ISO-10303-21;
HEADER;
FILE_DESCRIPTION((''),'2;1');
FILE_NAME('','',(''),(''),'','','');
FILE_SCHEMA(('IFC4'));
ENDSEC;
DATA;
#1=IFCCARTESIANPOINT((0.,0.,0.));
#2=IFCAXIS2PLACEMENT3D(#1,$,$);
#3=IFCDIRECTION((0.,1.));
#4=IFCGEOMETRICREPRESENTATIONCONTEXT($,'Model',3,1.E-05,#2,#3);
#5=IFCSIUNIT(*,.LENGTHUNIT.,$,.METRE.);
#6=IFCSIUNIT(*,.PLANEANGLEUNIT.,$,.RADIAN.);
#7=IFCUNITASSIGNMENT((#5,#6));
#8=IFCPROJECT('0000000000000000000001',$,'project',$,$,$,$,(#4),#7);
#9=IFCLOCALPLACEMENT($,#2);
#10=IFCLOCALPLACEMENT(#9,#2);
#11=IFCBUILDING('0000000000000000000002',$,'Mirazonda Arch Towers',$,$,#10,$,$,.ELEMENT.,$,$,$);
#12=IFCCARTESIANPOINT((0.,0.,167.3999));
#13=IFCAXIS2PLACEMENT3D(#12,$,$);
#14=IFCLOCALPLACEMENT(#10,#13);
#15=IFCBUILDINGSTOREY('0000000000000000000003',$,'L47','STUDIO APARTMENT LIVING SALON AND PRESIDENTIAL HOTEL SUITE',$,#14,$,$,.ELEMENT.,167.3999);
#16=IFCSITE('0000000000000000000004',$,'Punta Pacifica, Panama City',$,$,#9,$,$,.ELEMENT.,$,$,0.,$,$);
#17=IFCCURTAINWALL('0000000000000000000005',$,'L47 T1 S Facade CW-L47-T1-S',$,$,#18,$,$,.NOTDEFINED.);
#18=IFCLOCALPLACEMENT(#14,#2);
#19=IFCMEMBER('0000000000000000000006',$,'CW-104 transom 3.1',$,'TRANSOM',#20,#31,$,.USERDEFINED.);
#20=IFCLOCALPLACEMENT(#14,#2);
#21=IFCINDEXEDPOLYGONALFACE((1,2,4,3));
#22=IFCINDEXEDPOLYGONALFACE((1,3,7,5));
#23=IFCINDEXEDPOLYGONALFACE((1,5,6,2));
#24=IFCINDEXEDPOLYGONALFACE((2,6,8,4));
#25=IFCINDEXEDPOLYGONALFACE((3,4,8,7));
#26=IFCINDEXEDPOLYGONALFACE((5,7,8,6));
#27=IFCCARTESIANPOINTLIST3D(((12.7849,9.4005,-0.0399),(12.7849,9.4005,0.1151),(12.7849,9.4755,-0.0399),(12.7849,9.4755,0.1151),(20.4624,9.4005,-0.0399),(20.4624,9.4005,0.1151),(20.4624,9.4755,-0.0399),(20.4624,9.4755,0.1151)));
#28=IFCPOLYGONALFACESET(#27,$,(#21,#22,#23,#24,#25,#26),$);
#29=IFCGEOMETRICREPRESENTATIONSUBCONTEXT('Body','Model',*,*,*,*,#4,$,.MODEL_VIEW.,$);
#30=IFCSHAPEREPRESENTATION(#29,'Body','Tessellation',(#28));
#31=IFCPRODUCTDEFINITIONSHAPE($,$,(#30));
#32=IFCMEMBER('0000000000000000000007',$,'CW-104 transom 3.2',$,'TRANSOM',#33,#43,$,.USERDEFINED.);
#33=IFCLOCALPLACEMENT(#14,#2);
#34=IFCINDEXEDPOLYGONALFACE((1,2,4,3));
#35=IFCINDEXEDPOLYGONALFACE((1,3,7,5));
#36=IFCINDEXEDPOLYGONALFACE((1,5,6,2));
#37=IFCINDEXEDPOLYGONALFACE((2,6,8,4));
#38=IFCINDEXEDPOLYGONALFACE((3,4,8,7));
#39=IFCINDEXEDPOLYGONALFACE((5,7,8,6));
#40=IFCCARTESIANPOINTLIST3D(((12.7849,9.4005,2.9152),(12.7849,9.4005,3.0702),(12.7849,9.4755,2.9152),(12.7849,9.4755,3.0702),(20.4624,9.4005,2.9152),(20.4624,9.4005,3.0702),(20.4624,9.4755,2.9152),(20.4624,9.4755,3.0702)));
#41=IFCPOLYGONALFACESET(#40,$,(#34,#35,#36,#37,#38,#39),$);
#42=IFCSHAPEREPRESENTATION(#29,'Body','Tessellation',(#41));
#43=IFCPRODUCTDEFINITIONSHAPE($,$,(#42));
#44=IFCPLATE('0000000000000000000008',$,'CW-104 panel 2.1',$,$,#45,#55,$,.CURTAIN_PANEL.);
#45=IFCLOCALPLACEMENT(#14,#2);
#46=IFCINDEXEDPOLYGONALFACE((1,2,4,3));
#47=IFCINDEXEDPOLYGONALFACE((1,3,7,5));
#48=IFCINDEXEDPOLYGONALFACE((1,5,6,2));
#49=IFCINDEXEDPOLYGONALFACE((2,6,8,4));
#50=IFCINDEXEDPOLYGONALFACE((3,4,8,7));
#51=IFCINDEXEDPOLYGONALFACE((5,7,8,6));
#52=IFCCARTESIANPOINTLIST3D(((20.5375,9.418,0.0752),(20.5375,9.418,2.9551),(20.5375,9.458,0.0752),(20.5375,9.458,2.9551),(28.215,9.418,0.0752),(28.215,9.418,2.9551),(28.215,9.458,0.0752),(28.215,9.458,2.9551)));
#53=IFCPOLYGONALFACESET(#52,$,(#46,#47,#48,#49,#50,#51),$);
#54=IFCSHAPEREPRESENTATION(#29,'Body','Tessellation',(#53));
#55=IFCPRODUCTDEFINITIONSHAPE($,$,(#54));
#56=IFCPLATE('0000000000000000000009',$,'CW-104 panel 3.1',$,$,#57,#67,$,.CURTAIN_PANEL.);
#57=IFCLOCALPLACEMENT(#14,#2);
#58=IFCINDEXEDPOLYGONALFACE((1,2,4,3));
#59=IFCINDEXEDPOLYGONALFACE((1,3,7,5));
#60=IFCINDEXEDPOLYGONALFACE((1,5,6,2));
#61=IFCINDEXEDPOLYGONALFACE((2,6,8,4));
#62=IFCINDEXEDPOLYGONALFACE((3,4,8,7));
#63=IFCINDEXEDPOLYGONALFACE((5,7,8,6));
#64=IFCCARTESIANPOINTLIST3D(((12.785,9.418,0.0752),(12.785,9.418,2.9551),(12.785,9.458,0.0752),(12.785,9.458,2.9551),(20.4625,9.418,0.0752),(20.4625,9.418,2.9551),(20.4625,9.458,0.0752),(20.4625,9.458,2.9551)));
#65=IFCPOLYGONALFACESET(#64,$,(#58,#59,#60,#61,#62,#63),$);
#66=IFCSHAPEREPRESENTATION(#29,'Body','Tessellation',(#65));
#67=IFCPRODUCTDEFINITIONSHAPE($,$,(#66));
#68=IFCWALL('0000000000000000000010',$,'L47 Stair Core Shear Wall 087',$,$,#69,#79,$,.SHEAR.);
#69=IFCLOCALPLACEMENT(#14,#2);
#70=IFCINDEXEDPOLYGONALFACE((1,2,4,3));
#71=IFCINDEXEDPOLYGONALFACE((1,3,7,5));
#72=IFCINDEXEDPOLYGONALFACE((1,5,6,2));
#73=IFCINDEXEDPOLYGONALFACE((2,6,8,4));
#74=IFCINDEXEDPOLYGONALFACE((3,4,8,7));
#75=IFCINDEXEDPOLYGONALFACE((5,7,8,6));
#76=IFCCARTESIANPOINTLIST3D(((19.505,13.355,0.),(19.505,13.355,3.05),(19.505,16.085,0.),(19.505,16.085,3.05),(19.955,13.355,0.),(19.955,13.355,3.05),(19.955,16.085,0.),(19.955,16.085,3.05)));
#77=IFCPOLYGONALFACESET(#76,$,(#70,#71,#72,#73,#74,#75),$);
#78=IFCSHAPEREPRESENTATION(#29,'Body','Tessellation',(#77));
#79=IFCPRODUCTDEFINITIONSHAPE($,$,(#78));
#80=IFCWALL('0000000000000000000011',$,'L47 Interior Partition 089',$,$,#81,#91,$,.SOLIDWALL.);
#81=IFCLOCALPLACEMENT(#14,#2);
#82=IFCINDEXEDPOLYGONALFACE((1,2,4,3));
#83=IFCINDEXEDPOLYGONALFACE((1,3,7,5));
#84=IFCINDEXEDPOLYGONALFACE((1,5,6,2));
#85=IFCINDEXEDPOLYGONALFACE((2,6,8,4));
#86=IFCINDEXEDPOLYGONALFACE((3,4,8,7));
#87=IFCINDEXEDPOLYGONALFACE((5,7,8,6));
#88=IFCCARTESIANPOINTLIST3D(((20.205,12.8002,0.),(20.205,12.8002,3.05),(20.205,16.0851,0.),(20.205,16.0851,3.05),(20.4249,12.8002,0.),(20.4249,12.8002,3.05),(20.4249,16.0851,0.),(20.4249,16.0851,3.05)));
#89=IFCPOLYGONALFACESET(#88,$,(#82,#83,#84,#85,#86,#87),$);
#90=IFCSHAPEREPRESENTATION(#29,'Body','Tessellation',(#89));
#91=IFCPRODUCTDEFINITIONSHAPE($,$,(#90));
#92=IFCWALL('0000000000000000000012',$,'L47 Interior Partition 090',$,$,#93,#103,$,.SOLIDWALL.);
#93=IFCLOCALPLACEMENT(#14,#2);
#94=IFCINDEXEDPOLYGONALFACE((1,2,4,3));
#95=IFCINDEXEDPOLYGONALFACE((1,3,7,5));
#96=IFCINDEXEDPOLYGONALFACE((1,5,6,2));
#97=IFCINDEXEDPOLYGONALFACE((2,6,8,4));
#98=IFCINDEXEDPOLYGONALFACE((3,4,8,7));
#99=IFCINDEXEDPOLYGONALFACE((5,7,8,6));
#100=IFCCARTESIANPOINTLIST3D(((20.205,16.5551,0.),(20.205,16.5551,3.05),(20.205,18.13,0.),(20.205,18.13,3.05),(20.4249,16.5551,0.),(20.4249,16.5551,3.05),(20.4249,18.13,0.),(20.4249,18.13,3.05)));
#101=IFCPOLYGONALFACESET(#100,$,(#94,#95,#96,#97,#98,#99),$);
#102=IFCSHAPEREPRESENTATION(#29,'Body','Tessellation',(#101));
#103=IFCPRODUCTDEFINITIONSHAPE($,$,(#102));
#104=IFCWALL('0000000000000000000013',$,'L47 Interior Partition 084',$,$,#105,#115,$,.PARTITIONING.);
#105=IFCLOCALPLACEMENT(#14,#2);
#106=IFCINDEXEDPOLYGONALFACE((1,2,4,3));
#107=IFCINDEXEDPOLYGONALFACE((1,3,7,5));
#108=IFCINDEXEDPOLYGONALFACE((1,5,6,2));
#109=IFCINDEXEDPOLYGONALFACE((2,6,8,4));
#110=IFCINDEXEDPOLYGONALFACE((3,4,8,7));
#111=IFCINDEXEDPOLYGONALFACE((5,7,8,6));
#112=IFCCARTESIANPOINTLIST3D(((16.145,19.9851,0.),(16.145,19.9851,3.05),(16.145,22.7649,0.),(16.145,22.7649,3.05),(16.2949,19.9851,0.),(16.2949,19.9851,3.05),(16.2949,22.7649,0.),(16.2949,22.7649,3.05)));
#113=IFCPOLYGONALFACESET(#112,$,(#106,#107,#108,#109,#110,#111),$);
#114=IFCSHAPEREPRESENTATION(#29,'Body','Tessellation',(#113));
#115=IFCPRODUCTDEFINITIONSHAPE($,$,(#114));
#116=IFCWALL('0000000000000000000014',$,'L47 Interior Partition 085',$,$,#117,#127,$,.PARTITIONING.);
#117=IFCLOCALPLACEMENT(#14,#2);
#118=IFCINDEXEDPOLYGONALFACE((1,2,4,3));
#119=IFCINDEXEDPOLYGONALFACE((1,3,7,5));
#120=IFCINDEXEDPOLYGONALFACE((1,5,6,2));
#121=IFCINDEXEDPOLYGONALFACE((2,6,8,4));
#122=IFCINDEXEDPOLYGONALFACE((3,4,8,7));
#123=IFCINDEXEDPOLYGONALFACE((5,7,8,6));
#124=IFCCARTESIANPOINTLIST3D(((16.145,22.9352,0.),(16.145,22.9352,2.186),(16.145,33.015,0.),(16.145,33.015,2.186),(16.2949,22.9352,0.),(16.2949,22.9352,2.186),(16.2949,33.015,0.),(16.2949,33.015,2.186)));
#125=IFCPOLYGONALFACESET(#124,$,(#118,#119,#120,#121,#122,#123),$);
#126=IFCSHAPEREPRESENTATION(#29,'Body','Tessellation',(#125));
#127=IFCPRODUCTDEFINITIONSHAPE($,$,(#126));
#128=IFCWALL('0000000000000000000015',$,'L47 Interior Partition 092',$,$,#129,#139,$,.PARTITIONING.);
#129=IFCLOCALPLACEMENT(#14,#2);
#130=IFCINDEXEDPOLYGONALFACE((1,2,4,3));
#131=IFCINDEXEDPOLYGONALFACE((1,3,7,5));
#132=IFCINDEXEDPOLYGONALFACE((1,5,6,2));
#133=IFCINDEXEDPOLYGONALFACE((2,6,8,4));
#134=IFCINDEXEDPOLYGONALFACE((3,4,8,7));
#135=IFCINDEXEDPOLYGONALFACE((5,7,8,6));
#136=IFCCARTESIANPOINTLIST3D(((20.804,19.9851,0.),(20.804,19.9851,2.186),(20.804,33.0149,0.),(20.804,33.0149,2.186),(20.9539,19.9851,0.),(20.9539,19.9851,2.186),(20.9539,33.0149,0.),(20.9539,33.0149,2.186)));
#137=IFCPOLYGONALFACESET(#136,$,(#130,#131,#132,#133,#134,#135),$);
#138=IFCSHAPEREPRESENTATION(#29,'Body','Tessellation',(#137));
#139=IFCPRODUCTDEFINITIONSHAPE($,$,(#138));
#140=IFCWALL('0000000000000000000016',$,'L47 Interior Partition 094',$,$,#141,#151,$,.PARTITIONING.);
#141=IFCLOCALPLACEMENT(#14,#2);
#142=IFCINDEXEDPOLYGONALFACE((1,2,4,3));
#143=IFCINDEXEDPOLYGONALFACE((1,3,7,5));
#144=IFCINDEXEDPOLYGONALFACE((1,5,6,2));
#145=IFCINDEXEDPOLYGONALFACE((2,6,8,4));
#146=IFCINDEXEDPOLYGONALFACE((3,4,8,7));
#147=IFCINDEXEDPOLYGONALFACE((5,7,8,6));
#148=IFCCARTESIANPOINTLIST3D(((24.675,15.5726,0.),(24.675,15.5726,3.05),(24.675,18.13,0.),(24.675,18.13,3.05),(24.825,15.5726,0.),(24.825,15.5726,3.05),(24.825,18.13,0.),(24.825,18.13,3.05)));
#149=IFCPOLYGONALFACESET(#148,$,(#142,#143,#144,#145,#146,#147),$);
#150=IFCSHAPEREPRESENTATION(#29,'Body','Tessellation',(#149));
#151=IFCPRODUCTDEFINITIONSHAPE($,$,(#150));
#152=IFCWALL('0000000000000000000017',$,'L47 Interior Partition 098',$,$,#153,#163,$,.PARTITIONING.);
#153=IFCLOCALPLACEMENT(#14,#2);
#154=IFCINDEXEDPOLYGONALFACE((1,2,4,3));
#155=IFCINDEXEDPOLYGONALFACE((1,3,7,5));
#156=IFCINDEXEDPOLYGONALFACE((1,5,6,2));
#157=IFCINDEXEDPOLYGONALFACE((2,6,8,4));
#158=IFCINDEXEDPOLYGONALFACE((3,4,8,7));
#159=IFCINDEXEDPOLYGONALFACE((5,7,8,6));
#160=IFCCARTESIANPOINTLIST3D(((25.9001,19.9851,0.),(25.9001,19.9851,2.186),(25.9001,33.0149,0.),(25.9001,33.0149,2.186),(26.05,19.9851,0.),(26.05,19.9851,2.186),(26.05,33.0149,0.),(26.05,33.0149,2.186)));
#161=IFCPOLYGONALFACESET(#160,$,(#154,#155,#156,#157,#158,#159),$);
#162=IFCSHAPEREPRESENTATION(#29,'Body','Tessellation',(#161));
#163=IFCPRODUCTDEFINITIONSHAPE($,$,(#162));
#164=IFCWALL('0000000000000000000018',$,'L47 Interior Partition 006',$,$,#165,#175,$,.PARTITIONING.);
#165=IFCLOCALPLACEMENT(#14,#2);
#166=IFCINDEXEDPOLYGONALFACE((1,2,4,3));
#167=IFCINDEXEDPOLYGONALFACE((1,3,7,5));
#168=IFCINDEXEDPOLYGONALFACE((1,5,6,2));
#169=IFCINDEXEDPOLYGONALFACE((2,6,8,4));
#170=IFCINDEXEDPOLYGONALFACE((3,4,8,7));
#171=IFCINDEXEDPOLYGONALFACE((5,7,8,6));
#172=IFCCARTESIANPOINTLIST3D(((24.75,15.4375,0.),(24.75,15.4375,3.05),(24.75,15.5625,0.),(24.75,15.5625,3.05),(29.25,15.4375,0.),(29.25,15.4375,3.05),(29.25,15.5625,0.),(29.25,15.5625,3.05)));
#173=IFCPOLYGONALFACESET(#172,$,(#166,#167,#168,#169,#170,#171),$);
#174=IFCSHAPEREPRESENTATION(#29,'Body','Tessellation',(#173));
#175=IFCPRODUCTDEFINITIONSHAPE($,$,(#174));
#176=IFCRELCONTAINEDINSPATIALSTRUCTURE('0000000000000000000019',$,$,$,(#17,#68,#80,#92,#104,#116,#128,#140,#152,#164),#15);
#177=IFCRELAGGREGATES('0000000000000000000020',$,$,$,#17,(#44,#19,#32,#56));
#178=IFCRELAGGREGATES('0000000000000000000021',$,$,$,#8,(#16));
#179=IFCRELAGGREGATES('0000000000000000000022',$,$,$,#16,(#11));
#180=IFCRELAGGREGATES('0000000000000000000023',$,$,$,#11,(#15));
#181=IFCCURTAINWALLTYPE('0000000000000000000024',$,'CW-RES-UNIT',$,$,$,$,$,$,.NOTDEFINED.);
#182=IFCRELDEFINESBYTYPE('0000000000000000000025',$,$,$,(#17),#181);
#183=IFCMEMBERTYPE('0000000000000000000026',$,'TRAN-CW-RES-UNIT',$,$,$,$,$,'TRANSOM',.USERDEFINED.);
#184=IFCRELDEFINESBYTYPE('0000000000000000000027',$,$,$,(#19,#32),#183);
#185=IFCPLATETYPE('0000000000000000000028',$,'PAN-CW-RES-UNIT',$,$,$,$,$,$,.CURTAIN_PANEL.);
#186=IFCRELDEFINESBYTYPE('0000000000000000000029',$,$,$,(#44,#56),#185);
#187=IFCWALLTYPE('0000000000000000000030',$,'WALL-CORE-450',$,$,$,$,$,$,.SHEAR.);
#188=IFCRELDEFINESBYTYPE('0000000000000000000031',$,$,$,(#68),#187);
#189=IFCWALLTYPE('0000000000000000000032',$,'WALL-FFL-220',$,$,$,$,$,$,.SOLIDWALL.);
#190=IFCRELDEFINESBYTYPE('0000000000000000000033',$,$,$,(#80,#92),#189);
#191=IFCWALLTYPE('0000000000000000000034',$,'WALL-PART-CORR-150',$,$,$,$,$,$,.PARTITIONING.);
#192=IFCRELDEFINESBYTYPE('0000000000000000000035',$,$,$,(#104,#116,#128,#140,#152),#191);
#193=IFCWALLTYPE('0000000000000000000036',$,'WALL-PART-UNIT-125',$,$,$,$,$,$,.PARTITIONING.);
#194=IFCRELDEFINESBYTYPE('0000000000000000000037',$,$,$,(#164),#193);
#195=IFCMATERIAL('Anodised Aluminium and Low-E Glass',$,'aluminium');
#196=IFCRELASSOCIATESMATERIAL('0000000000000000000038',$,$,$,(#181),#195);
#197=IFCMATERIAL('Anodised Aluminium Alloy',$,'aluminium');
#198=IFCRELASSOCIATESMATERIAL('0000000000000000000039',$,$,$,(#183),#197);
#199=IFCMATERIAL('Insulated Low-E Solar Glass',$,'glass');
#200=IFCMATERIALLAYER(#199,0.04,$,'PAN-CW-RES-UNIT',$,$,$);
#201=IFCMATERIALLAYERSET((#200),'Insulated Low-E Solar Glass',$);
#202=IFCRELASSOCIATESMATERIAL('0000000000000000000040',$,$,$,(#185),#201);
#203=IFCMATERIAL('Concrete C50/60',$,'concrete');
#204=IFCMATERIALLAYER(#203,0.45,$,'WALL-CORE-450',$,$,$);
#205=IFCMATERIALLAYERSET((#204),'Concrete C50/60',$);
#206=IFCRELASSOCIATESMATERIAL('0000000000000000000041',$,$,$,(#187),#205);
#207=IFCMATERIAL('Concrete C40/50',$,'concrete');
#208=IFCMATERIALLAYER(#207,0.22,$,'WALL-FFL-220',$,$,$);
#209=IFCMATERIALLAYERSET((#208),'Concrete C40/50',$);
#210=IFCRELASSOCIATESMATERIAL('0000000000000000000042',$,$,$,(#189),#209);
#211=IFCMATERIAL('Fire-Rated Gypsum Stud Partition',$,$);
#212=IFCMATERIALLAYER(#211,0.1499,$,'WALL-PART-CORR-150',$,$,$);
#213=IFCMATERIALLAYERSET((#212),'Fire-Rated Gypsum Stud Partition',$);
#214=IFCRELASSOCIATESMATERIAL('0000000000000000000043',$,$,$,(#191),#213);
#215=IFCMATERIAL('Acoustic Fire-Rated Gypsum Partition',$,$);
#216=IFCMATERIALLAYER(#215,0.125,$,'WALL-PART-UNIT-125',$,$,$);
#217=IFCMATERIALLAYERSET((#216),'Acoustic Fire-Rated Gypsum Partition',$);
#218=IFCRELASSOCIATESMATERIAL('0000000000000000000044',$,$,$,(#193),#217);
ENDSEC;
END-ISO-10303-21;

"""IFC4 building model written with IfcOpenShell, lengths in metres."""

from ifc_helpers import new_model, si_unit, direction, frame, frame_2d, origin, origin_2d, place, context, subcontext, project, spatial, rectangle, extrude, material, layer, layer_set, material_profile, profile_set, type_object, element, aggregate, save


model = new_model("IFC4")

# Units and contexts
model_context = context("Model", 3, precision=1e-05, world=origin(), true_north=direction((0.0, 1.0)))
body_context = subcontext(model_context, "Body", "Model", "MODEL_VIEW")
ifc_project = project(units=[si_unit("LENGTHUNIT", "METRE"), si_unit("PLANEANGLEUNIT", "RADIAN")], contexts=[model_context])

# Site, building, storey
site_placement = place(None, origin())
site = spatial("IfcSite", under=ifc_project, at=site_placement, Name="Punta Pacifica, Panama City", CompositionType="ELEMENT", RefElevation=0.0)
building_placement = place(site_placement, origin())
building = spatial("IfcBuilding", under=site, at=building_placement, Name="Mirazonda Arch Towers", CompositionType="ELEMENT")
storey_placement = place(building_placement, frame((0.0, 0.0, 167.3999)))
storey = spatial("IfcBuildingStorey", under=building, at=storey_placement, Name="L47", Description="STUDIO APARTMENT LIVING SALON AND PRESIDENTIAL HOTEL SUITE", CompositionType="ELEMENT", Elevation=167.3999)

# Shared definitions
ifc_material_1 = material(Name="Concrete C50/60", Category="concrete")

# Curtain wall, members, plates
ifc_material_2 = material(Name="Anodised Aluminium and Low-E Glass", Category="aluminium")
curtain_wall_type = type_object("IfcCurtainWallType", Name="CW-RES-UNIT", PredefinedType="NOTDEFINED", material=ifc_material_2)
curtain_wall_placement = place(storey_placement, origin())
curtain_wall = element("IfcCurtainWall", 1, at=curtain_wall_placement, inside=storey, type_object=curtain_wall_type, Name="L47 T1 S Facade CW-L47-T1-S", PredefinedType="NOTDEFINED")
ifc_material_3 = material(Name="Anodised Aluminium Alloy", Category="aluminium")
ifc_material_profile_1 = material_profile(ifc_material_3, rectangle(XDim=0.075, YDim=0.155, at=origin_2d()), Name="ALU-TRAN-75x155")
ifc_profile_set_1 = profile_set([ifc_material_profile_1], Name="Anodised Aluminium Alloy")
member_type_1 = type_object("IfcMemberType", Name="TRAN-CW-RES-UNIT", ElementType="TRANSOM", PredefinedType="USERDEFINED", material=ifc_profile_set_1)
member_1_placement = place(storey_placement, frame((20.4624, 9.438, 0.0376), z_axis=(-1.0, 0.0, 0.0), x_axis=(0.0, -1.0, 0.0)))
member_1 = element("IfcMember", 2, at=member_1_placement, type_object=member_type_1, Name="CW-104 transom 3.1", ObjectType="TRANSOM", PredefinedType="USERDEFINED", context=body_context, shape_type="SweptSolid", body=[
    extrude(rectangle(XDim=0.075, YDim=0.155, at=origin_2d()), origin(), (0.0, 0.0, 1.0), 7.6775),
])
member_2_placement = place(storey_placement, frame((20.4624, 9.438, 2.9927), z_axis=(-1.0, 0.0, 0.0), x_axis=(0.0, -1.0, 0.0)))
member_2 = element("IfcMember", 3, at=member_2_placement, type_object=member_type_1, Name="CW-104 transom 3.2", ObjectType="TRANSOM", PredefinedType="USERDEFINED", context=body_context, shape_type="SweptSolid", body=[
    extrude(rectangle(XDim=0.075, YDim=0.155, at=origin_2d()), origin(), (0.0, 0.0, 1.0), 7.6775),
])
ifc_material_4 = material(Name="Insulated Low-E Solar Glass", Category="glass")
ifc_layer_1 = layer(ifc_material_4, 0.04, Name="PAN-CW-RES-UNIT")
ifc_layer_set_1 = layer_set([ifc_layer_1], Name="Insulated Low-E Solar Glass")
plate_type = type_object("IfcPlateType", Name="PAN-CW-RES-UNIT", PredefinedType="CURTAIN_PANEL", material=ifc_layer_set_1)
plate_1_placement = place(storey_placement, frame((24.3762, 9.438, 0.0752), z_axis=(0.0, 0.0, 1.0), x_axis=(-1.0, 0.0, 0.0)))
plate_1 = element("IfcPlate", 4, at=plate_1_placement, type_object=plate_type, Name="CW-104 panel 2.1", PredefinedType="CURTAIN_PANEL", context=body_context, shape_type="SweptSolid", body=[
    extrude(rectangle(XDim=7.6775, YDim=0.04, at=origin_2d()), origin(), (0.0, 0.0, 1.0), 2.8799),
])
plate_2_placement = place(storey_placement, frame((16.6238, 9.438, 0.0752), z_axis=(0.0, 0.0, 1.0), x_axis=(-1.0, 0.0, 0.0)))
plate_2 = element("IfcPlate", 5, at=plate_2_placement, type_object=plate_type, Name="CW-104 panel 3.1", PredefinedType="CURTAIN_PANEL", context=body_context, shape_type="SweptSolid", body=[
    extrude(rectangle(XDim=7.6775, YDim=0.04, at=origin_2d()), origin(), (0.0, 0.0, 1.0), 2.8799),
])
aggregate(curtain_wall, [plate_1, member_1, member_2, plate_2])

# Walls
ifc_layer_2 = layer(ifc_material_1, 0.45, Name="WALL-CORE-450")
ifc_layer_set_2 = layer_set([ifc_layer_2], Name="Concrete C50/60")
wall_type_1 = type_object("IfcWallType", Name="WALL-CORE-450", PredefinedType="SHEAR", material=ifc_layer_set_2)
wall_1_placement = place(storey_placement, frame((19.73, 13.355, 0.0), z_axis=(0.0, 0.0, 1.0), x_axis=(0.0, 1.0, 0.0)))
element("IfcWall", 6, at=wall_1_placement, inside=storey, type_object=wall_type_1, Name="L47 Stair Core Shear Wall 087", PredefinedType="SHEAR", context=body_context, shape_type="SweptSolid", body=[
    extrude(rectangle(XDim=2.73, YDim=0.45, at=frame_2d((1.365, 0.0))), origin(), (0.0, 0.0, 1.0), 3.05),
])
ifc_material_5 = material(Name="Concrete C40/50", Category="concrete")
ifc_layer_3 = layer(ifc_material_5, 0.22, Name="WALL-FFL-220")
ifc_layer_set_3 = layer_set([ifc_layer_3], Name="Concrete C40/50")
wall_type_2 = type_object("IfcWallType", Name="WALL-FFL-220", PredefinedType="SOLIDWALL", material=ifc_layer_set_3)
wall_2_placement = place(storey_placement, frame((20.3149, 12.8, 0.0), z_axis=(0.0, 0.0, 1.0), x_axis=(0.0, 1.0, 0.0)))
element("IfcWall", 7, at=wall_2_placement, inside=storey, type_object=wall_type_2, Name="L47 Interior Partition 089", PredefinedType="SOLIDWALL", context=body_context, shape_type="SweptSolid", body=[
    extrude(rectangle(XDim=3.2849, YDim=0.22, at=frame_2d((1.6426, 0.0))), origin(), (0.0, 0.0, 1.0), 3.05),
])
wall_3_placement = place(storey_placement, frame((20.3149, 16.5549, 0.0), z_axis=(0.0, 0.0, 1.0), x_axis=(0.0, 1.0, 0.0)))
element("IfcWall", 8, at=wall_3_placement, inside=storey, type_object=wall_type_2, Name="L47 Interior Partition 090", PredefinedType="SOLIDWALL", context=body_context, shape_type="SweptSolid", body=[
    extrude(rectangle(XDim=1.575, YDim=0.22, at=frame_2d((0.7876, 0.0))), origin(), (0.0, 0.0, 1.0), 3.05),
])
ifc_material_6 = material(Name="Fire-Rated Gypsum Stud Partition")
ifc_layer_4 = layer(ifc_material_6, 0.1499, Name="WALL-PART-CORR-150")
ifc_layer_set_4 = layer_set([ifc_layer_4], Name="Fire-Rated Gypsum Stud Partition")
wall_type_3 = type_object("IfcWallType", Name="WALL-PART-CORR-150", PredefinedType="PARTITIONING", material=ifc_layer_set_4)
wall_4_placement = place(storey_placement, frame((16.22, 19.9851, 0.0), z_axis=(0.0, 0.0, 1.0), x_axis=(0.0, 1.0, 0.0)))
element("IfcWall", 9, at=wall_4_placement, inside=storey, type_object=wall_type_3, Name="L47 Interior Partition 084", PredefinedType="PARTITIONING", context=body_context, shape_type="SweptSolid", body=[
    extrude(rectangle(XDim=2.7798, YDim=0.1499, at=frame_2d((1.3899, 0.0))), origin(), (0.0, 0.0, 1.0), 3.05),
])
wall_5_placement = place(storey_placement, frame((16.22, 22.9351, 0.0), z_axis=(0.0, 0.0, 1.0), x_axis=(0.0, 1.0, 0.0)))
element("IfcWall", 10, at=wall_5_placement, inside=storey, type_object=wall_type_3, Name="L47 Interior Partition 085", PredefinedType="PARTITIONING", context=body_context, shape_type="SweptSolid", body=[
    extrude(rectangle(XDim=10.0798, YDim=0.1499, at=frame_2d((5.04, 0.0))), origin(), (0.0, 0.0, 1.0), 2.186),
])
wall_6_placement = place(storey_placement, frame((20.8789, 19.9851, 0.0), z_axis=(0.0, 0.0, 1.0), x_axis=(0.0, 1.0, 0.0)))
element("IfcWall", 11, at=wall_6_placement, inside=storey, type_object=wall_type_3, Name="L47 Interior Partition 092", PredefinedType="PARTITIONING", context=body_context, shape_type="SweptSolid", body=[
    extrude(rectangle(XDim=13.0298, YDim=0.1499, at=frame_2d((6.5149, 0.0))), origin(), (0.0, 0.0, 1.0), 2.186),
])

# Walls
wall_7_placement = place(storey_placement, frame((24.75, 15.5725, 0.0), z_axis=(0.0, 0.0, 1.0), x_axis=(0.0, 1.0, 0.0)))
element("IfcWall", 12, at=wall_7_placement, inside=storey, type_object=wall_type_3, Name="L47 Interior Partition 094", PredefinedType="PARTITIONING", context=body_context, shape_type="SweptSolid", body=[
    extrude(rectangle(XDim=2.5574, YDim=0.1499, at=frame_2d((1.2788, 0.0))), origin(), (0.0, 0.0, 1.0), 3.05),
])
wall_8_placement = place(storey_placement, frame((25.9751, 19.9851, 0.0), z_axis=(0.0, 0.0, 1.0), x_axis=(0.0, 1.0, 0.0)))
element("IfcWall", 13, at=wall_8_placement, inside=storey, type_object=wall_type_3, Name="L47 Interior Partition 098", PredefinedType="PARTITIONING", context=body_context, shape_type="SweptSolid", body=[
    extrude(rectangle(XDim=13.0298, YDim=0.1499, at=frame_2d((6.5149, 0.0))), origin(), (0.0, 0.0, 1.0), 2.186),
])
ifc_material_7 = material(Name="Acoustic Fire-Rated Gypsum Partition")
ifc_layer_5 = layer(ifc_material_7, 0.125, Name="WALL-PART-UNIT-125")
ifc_layer_set_5 = layer_set([ifc_layer_5], Name="Acoustic Fire-Rated Gypsum Partition")
wall_type_4 = type_object("IfcWallType", Name="WALL-PART-UNIT-125", PredefinedType="PARTITIONING", material=ifc_layer_set_5)
wall_9_placement = place(storey_placement, frame((24.75, 15.5, 0.0), z_axis=(0.0, 0.0, 1.0), x_axis=(1.0, 0.0, 0.0)))
element("IfcWall", 14, at=wall_9_placement, inside=storey, type_object=wall_type_4, Name="L47 Interior Partition 006", PredefinedType="PARTITIONING", context=body_context, shape_type="SweptSolid", body=[
    extrude(rectangle(XDim=4.5, YDim=0.125, at=frame_2d((2.25, 0.0))), origin(), (0.0, 0.0, 1.0), 3.05),
])

save(model, "model.ifc")
